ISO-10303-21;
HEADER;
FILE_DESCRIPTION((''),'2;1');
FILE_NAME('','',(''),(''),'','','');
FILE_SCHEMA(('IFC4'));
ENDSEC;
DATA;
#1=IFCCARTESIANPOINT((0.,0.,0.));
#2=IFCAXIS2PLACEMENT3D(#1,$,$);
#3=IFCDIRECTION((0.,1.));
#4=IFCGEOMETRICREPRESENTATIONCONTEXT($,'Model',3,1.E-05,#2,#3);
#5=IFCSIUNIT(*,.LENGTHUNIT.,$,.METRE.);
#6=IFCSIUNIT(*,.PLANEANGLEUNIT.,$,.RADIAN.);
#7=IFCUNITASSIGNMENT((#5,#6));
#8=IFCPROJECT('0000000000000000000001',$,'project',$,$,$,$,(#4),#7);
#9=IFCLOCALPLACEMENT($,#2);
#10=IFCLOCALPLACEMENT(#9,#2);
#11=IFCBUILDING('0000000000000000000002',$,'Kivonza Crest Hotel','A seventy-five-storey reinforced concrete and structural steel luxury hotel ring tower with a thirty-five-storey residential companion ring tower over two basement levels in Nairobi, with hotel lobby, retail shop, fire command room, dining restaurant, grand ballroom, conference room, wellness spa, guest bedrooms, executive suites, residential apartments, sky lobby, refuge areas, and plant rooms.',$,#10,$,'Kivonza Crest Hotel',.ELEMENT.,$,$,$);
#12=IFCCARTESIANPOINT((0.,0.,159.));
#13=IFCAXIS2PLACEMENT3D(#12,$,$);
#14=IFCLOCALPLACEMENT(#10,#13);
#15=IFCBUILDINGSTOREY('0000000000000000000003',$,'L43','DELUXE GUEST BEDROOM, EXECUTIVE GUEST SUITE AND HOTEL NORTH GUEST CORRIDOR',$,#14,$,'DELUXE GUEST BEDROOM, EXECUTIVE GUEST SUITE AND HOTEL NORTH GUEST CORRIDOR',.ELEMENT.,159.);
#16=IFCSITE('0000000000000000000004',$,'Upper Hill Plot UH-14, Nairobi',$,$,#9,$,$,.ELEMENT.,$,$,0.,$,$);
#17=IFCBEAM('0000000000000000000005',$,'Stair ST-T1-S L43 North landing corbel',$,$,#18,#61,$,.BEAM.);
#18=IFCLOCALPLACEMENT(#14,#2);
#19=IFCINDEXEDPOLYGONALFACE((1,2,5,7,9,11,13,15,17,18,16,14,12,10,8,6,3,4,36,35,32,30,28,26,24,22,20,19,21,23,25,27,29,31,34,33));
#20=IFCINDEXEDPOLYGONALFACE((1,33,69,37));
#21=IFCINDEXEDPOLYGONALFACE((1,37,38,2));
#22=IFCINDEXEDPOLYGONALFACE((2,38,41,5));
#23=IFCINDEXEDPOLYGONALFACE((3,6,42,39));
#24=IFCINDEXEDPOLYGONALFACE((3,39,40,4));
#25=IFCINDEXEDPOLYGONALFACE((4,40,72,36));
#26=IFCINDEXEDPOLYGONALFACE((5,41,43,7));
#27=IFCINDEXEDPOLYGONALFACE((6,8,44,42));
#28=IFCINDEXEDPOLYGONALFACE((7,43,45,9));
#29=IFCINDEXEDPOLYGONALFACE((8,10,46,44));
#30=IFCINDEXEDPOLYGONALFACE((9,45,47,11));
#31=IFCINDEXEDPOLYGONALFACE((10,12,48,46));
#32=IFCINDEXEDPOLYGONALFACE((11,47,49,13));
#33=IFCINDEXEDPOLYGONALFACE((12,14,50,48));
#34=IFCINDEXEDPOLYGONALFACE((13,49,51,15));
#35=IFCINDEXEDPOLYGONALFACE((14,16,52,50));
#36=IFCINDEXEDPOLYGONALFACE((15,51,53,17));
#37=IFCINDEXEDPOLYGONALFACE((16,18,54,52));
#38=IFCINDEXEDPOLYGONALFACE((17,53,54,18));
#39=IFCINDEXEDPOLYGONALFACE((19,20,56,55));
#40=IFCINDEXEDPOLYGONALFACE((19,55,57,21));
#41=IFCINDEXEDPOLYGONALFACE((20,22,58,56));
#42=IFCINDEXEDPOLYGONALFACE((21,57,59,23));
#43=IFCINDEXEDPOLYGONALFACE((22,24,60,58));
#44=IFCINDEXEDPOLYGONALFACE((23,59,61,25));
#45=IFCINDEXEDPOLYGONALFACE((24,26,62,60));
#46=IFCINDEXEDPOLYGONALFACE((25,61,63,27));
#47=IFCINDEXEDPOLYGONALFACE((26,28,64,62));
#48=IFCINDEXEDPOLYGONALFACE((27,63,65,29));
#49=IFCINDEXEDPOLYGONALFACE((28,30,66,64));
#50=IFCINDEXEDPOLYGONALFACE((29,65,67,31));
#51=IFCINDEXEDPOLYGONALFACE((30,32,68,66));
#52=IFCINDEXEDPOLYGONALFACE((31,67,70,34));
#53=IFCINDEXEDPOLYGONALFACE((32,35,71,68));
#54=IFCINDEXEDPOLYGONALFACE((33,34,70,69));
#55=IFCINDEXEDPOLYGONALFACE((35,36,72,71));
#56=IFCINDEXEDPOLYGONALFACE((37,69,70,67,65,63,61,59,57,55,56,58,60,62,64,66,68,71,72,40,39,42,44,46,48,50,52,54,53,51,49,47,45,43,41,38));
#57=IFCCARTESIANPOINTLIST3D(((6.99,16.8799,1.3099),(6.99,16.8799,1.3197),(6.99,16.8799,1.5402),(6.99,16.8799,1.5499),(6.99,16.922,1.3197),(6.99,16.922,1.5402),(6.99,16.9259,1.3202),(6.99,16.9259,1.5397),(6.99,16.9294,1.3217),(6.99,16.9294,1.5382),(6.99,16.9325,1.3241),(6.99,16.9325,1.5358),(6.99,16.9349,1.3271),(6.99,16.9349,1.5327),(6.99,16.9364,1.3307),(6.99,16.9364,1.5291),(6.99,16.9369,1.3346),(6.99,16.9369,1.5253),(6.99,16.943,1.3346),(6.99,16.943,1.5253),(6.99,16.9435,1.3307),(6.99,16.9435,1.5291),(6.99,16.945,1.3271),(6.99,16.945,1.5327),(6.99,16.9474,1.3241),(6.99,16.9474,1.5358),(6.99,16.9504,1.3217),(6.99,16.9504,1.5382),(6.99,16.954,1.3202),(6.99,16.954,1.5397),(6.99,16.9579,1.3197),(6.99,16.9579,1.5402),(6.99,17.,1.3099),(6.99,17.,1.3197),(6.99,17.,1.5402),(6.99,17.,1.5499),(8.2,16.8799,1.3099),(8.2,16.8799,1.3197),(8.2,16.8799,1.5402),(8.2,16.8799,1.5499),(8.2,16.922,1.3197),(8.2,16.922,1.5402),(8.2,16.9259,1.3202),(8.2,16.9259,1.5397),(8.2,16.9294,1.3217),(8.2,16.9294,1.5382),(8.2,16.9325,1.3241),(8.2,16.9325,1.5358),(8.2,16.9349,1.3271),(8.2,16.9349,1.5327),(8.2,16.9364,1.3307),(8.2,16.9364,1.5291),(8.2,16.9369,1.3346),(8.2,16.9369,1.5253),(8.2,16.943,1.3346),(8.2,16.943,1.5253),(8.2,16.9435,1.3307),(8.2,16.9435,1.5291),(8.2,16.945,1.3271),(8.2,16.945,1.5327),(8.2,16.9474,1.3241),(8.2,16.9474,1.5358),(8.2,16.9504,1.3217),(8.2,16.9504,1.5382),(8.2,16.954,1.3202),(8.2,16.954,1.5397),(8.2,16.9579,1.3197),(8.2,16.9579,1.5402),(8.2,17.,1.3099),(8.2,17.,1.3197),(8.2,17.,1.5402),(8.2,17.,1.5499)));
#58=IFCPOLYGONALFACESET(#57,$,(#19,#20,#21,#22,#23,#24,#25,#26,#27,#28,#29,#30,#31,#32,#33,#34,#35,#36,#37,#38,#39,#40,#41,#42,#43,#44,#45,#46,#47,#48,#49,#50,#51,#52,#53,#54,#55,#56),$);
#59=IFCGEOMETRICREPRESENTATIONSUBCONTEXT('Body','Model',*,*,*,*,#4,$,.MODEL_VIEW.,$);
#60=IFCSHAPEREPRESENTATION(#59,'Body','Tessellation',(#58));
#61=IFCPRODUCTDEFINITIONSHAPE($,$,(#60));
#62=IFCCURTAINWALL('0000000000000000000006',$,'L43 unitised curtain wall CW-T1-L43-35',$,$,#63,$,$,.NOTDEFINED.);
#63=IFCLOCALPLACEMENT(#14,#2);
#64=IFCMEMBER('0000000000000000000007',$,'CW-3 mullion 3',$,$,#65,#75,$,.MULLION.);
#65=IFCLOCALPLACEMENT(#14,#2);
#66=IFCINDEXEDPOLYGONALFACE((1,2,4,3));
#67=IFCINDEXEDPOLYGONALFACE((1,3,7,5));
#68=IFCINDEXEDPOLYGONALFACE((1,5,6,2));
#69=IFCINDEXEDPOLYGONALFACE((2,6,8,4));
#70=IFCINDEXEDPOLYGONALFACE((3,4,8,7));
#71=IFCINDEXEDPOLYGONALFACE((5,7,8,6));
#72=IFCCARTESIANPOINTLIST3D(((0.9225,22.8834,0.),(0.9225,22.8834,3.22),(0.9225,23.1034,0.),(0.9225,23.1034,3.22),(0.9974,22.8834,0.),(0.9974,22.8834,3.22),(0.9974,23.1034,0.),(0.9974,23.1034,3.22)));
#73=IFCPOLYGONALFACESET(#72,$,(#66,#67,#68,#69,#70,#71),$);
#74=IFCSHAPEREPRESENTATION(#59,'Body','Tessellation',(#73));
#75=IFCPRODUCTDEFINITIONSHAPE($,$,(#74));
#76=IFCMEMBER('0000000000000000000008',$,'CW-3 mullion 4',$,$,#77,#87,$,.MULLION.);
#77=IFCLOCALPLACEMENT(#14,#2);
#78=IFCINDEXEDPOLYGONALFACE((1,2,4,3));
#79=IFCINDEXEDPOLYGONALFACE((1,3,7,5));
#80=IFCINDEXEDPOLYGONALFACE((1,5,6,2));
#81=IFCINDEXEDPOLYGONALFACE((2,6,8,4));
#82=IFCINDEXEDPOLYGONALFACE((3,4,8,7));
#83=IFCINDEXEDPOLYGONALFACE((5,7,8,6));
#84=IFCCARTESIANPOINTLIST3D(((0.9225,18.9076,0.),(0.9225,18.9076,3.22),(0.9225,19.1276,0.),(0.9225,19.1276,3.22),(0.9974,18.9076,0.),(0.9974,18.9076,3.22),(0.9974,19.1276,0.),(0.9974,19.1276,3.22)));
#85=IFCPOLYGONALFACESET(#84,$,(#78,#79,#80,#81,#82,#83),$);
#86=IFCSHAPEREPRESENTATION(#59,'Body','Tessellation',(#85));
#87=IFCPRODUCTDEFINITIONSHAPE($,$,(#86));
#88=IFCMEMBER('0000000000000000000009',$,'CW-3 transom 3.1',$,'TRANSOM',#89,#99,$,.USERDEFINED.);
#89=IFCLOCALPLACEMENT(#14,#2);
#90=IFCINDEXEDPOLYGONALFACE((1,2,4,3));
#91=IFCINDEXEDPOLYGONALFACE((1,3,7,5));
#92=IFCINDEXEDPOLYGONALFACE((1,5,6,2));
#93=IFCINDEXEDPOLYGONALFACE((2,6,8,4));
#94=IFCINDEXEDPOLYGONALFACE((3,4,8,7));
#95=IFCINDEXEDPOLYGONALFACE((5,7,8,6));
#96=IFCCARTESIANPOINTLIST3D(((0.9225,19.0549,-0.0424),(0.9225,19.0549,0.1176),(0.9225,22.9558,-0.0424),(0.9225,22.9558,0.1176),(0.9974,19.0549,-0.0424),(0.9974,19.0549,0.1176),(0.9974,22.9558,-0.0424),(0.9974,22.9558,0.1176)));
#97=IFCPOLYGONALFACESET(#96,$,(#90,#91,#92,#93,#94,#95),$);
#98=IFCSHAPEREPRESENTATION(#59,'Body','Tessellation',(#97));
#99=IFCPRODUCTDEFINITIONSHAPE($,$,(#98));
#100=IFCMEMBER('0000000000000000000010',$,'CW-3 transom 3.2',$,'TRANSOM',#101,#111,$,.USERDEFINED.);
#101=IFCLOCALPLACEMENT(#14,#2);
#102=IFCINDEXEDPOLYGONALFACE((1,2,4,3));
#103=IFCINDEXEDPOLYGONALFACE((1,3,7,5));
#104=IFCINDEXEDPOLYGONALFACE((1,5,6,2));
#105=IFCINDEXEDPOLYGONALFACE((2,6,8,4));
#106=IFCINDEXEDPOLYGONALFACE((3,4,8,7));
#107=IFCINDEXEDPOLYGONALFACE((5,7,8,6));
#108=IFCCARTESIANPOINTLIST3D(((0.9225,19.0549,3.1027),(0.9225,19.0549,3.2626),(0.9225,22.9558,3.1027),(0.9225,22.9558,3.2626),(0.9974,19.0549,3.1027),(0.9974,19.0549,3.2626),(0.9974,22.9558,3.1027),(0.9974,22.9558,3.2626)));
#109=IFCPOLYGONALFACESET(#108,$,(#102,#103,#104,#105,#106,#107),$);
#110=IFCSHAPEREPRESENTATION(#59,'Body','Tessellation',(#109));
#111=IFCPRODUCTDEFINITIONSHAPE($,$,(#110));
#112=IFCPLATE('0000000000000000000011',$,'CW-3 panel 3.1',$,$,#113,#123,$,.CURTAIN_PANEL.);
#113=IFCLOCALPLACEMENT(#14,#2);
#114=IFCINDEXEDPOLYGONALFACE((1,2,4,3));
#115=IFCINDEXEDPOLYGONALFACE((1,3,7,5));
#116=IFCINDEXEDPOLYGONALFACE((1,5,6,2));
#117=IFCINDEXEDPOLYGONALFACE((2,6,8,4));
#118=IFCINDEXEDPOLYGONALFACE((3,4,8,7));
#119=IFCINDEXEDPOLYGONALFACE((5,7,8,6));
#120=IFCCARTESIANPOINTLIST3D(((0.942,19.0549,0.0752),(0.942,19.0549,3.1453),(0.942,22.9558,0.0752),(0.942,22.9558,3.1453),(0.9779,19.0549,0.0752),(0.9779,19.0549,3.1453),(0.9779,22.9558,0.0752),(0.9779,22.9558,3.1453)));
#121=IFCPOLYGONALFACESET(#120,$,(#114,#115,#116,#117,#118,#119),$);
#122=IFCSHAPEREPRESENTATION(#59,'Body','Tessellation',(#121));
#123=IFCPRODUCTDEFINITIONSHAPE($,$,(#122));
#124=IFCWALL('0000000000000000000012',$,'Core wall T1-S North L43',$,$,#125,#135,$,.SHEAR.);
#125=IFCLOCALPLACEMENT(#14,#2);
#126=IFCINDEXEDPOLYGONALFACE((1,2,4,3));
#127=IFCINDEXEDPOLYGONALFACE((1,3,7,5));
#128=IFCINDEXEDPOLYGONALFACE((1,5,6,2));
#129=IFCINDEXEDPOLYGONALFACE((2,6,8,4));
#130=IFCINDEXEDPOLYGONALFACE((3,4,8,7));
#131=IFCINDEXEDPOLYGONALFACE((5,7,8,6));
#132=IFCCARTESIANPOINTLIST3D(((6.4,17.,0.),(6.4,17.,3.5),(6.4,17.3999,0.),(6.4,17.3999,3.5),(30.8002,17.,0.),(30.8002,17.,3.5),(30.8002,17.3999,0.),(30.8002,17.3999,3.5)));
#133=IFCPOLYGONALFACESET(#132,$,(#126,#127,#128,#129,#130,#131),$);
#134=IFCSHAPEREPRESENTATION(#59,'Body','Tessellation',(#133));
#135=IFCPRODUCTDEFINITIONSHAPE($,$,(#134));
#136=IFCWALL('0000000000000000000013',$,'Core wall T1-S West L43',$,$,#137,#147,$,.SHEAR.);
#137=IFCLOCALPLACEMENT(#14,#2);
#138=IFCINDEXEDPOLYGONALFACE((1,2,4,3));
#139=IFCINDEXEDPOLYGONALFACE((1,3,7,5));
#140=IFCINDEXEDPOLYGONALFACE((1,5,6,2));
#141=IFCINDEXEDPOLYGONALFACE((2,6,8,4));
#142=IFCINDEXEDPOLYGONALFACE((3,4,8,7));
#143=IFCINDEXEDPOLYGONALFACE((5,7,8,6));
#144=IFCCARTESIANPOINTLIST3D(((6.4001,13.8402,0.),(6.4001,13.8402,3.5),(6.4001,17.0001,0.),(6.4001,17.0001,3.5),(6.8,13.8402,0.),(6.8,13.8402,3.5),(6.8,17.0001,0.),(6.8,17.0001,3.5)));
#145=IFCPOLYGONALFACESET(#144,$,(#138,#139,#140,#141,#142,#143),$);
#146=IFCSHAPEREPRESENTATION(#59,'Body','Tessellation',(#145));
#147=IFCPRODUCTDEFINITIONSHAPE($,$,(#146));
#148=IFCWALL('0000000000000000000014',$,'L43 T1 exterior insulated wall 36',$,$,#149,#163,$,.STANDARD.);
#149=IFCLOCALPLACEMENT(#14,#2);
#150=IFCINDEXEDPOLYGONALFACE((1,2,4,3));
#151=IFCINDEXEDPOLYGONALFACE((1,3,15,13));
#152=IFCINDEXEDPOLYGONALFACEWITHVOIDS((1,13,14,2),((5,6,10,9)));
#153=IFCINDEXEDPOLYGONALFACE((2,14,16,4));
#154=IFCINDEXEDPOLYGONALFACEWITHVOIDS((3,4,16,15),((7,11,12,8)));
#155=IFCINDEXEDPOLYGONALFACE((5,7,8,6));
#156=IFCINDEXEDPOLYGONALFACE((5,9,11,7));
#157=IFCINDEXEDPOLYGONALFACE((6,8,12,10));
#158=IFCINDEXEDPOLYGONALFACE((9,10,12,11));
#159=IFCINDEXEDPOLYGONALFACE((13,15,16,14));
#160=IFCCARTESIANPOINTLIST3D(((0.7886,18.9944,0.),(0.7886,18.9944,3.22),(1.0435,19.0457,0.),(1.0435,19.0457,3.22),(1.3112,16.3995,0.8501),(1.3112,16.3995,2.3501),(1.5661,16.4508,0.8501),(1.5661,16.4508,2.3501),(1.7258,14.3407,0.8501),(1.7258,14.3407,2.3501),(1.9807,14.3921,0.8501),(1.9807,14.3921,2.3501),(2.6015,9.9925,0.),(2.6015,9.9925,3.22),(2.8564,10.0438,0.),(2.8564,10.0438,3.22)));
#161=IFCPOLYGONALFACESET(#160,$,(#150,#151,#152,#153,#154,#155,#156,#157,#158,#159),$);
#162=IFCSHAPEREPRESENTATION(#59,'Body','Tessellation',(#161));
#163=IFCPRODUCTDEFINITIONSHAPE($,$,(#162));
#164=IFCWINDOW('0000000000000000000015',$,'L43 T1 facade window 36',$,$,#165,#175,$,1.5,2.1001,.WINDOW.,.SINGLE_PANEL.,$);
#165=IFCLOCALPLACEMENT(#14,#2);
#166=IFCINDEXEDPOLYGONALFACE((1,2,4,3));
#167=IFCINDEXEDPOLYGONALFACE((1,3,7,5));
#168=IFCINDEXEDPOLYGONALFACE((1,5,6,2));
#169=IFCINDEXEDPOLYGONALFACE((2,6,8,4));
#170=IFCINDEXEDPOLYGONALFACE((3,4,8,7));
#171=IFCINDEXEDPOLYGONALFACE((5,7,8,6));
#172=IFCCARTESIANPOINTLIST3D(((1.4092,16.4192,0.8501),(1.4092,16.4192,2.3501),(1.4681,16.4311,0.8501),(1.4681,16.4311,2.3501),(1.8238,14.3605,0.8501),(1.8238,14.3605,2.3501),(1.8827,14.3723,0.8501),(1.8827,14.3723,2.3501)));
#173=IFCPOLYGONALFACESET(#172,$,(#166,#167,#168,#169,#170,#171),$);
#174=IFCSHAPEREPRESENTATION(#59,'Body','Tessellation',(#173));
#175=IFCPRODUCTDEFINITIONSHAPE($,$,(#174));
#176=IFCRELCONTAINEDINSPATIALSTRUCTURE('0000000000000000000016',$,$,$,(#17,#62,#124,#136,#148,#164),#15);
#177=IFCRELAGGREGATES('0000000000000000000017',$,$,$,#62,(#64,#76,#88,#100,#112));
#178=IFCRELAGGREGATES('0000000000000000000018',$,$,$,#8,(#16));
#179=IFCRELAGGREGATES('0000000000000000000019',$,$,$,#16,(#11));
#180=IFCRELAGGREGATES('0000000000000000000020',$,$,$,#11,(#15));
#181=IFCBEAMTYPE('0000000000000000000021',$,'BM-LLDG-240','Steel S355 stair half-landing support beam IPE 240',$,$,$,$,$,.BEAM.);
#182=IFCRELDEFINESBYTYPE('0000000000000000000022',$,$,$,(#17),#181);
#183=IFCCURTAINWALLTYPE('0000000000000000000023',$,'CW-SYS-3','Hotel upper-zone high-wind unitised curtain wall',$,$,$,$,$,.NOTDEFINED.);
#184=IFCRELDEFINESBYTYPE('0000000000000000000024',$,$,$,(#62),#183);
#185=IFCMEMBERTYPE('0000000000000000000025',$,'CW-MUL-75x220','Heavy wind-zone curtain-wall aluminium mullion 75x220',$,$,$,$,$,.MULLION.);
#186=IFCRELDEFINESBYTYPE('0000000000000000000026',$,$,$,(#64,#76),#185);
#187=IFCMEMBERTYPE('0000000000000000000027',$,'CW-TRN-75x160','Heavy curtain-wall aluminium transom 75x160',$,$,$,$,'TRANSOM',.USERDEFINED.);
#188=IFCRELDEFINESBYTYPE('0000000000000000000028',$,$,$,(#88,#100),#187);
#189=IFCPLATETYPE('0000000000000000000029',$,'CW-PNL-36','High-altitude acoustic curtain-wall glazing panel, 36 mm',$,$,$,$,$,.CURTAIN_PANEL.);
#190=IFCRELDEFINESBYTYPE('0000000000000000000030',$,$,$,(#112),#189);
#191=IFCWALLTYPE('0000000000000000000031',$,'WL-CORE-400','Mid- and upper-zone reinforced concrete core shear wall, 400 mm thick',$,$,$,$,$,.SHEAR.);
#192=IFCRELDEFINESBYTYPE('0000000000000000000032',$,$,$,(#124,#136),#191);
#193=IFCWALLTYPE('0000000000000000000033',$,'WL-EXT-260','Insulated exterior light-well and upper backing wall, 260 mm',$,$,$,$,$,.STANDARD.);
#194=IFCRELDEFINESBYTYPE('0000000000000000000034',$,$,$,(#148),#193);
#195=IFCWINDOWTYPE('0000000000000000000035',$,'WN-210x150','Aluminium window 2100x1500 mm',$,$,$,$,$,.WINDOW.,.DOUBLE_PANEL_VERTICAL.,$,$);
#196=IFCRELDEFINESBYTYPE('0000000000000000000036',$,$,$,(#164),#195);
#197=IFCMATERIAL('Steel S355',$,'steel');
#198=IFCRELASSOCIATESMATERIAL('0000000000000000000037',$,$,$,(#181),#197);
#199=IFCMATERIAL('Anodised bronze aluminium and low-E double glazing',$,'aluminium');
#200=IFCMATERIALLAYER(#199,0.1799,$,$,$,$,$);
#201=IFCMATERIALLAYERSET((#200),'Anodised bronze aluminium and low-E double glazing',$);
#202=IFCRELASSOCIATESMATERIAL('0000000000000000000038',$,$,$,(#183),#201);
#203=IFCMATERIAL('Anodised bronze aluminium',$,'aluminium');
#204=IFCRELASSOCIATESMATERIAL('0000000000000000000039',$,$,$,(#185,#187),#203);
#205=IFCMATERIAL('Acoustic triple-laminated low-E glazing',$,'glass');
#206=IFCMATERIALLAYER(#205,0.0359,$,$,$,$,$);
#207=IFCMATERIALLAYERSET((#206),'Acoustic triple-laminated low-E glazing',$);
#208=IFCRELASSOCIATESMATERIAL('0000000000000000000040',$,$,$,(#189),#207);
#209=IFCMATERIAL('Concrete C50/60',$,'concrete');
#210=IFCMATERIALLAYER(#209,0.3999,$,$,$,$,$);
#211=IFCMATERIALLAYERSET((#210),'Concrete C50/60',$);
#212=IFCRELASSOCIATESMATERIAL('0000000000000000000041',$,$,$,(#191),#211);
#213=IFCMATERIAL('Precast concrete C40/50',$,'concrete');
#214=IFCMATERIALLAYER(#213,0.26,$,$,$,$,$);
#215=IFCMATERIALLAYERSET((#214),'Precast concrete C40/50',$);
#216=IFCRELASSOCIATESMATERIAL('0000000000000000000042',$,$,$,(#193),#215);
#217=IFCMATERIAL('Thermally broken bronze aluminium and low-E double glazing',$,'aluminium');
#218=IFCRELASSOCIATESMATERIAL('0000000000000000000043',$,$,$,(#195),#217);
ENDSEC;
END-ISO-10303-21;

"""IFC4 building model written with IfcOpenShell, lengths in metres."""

from ifc_helpers import new_model, si_unit, direction, frame, frame_2d, origin, origin_2d, place, context, subcontext, project, spatial, rectangle, i_section, extrude, material, layer, layer_set, material_profile, profile_set, type_object, element, fill, aggregate, save


model = new_model("IFC4")

# Units and contexts
model_context = context("Model", 3, precision=1e-05, world=origin(), true_north=direction((0.0, 1.0)))
body_context = subcontext(model_context, "Body", "Model", "MODEL_VIEW")
ifc_project = project(units=[si_unit("LENGTHUNIT", "METRE"), si_unit("PLANEANGLEUNIT", "RADIAN")], contexts=[model_context])

# Site, building, storey
site_placement = place(None, origin())
site = spatial("IfcSite", under=ifc_project, at=site_placement, Name="Upper Hill Plot UH-14, Nairobi", CompositionType="ELEMENT", RefElevation=0.0)
building_placement = place(site_placement, origin())
building = spatial("IfcBuilding", under=site, at=building_placement, Name="Kivonza Crest Hotel", Description="A seventy-five-storey reinforced concrete and structural steel luxury hotel ring tower with a thirty-five-storey residential companion ring tower over two basement levels in Nairobi, with hotel lobby, retail shop, fire command room, dining restaurant, grand ballroom, conference room, wellness spa, guest bedrooms, executive suites, residential apartments, sky lobby, refuge areas, and plant rooms.", LongName="Kivonza Crest Hotel", CompositionType="ELEMENT")
storey_placement = place(building_placement, frame((0.0, 0.0, 159.0)))
storey = spatial("IfcBuildingStorey", under=building, at=storey_placement, Name="L43", Description="DELUXE GUEST BEDROOM, EXECUTIVE GUEST SUITE AND HOTEL NORTH GUEST CORRIDOR", LongName="DELUXE GUEST BEDROOM, EXECUTIVE GUEST SUITE AND HOTEL NORTH GUEST CORRIDOR", CompositionType="ELEMENT", Elevation=159.0)

# Shared definitions
ifc_material_1 = material(Name="Concrete C50/60", Category="concrete")

# Beam
ifc_material_2 = material(Name="Steel S355", Category="steel")
ifc_material_profile_1 = material_profile(ifc_material_2, i_section(OverallWidth=0.1201, OverallDepth=0.24, WebThickness=0.0061, FlangeThickness=0.0098, FilletRadius=0.0149, at=origin_2d()), Name="IPE 240")
ifc_profile_set_1 = profile_set([ifc_material_profile_1], Name="Steel S355")
beam_type_1 = type_object("IfcBeamType", Name="BM-LLDG-240", Description="Steel S355 stair half-landing support beam IPE 240", PredefinedType="BEAM", material=ifc_profile_set_1)
for number, where, z_axis, x_axis, name in (
    (1, (6.99, 16.9399, 1.4299), (1.0, 0.0, 0.0), (0.0, 1.0, 0.0), "Stair ST-T1-S L43 North landing corbel"),
):
    element("IfcBeam", number, at=place(storey_placement, frame(where, z_axis=z_axis, x_axis=x_axis)), inside=storey, type_object=beam_type_1, Name=name, PredefinedType="BEAM", context=body_context, shape_type="SweptSolid", body=[
        extrude(i_section(OverallWidth=0.1201, OverallDepth=0.24, WebThickness=0.0061, FlangeThickness=0.0098, FilletRadius=0.0149, at=origin_2d()), origin(), (0.0, 0.0, 1.0), 1.21),
    ])

# Curtain wall, members, plate
ifc_material_3 = material(Name="Anodised bronze aluminium and low-E double glazing", Category="aluminium")
ifc_layer_1 = layer(ifc_material_3, 0.1799)
ifc_layer_set_1 = layer_set([ifc_layer_1], Name="Anodised bronze aluminium and low-E double glazing")
curtain_wall_type = type_object("IfcCurtainWallType", Name="CW-SYS-3", Description="Hotel upper-zone high-wind unitised curtain wall", PredefinedType="NOTDEFINED", material=ifc_layer_set_1)
curtain_wall_placement = place(storey_placement, origin())
curtain_wall = element("IfcCurtainWall", 2, at=curtain_wall_placement, inside=storey, type_object=curtain_wall_type, Name="L43 unitised curtain wall CW-T1-L43-35", PredefinedType="NOTDEFINED")
ifc_material_4 = material(Name="Anodised bronze aluminium", Category="aluminium")
ifc_material_profile_2 = material_profile(ifc_material_4, rectangle(XDim=0.075, YDim=0.22, at=origin_2d()), Name="CW-M 75x220")
ifc_profile_set_2 = profile_set([ifc_material_profile_2], Name="Anodised bronze aluminium")
member_type_1 = type_object("IfcMemberType", Name="CW-MUL-75x220", Description="Heavy wind-zone curtain-wall aluminium mullion 75x220", PredefinedType="MULLION", material=ifc_profile_set_2)
member_1_placement = place(storey_placement, frame((0.96, 22.9934, 0.0), z_axis=(0.0, 0.0, 1.0), x_axis=(1.0, 0.0, 0.0)))
member_1 = element("IfcMember", 3, at=member_1_placement, type_object=member_type_1, Name="CW-3 mullion 3", PredefinedType="MULLION", context=body_context, shape_type="SweptSolid", body=[
    extrude(rectangle(XDim=0.075, YDim=0.22, at=origin_2d()), origin(), (0.0, 0.0, 1.0), 3.22),
])
member_2_placement = place(storey_placement, frame((0.96, 19.0176, 0.0), z_axis=(0.0, 0.0, 1.0), x_axis=(1.0, 0.0, 0.0)))
member_2 = element("IfcMember", 4, at=member_2_placement, type_object=member_type_1, Name="CW-3 mullion 4", PredefinedType="MULLION", context=body_context, shape_type="SweptSolid", body=[
    extrude(rectangle(XDim=0.075, YDim=0.22, at=origin_2d()), origin(), (0.0, 0.0, 1.0), 3.22),
])
ifc_material_profile_3 = material_profile(ifc_material_4, rectangle(XDim=0.075, YDim=0.1599, at=origin_2d()), Name="CW-T 75x160")
ifc_profile_set_3 = profile_set([ifc_material_profile_3], Name="Anodised bronze aluminium")
member_type_2 = type_object("IfcMemberType", Name="CW-TRN-75x160", Description="Heavy curtain-wall aluminium transom 75x160", ElementType="TRANSOM", PredefinedType="USERDEFINED", material=ifc_profile_set_3)
member_3_placement = place(storey_placement, frame((0.96, 22.9558, 0.0376), z_axis=(0.0, -1.0, 0.0), x_axis=(1.0, 0.0, 0.0)))
member_3 = element("IfcMember", 5, at=member_3_placement, type_object=member_type_2, Name="CW-3 transom 3.1", ObjectType="TRANSOM", PredefinedType="USERDEFINED", context=body_context, shape_type="SweptSolid", body=[
    extrude(rectangle(XDim=0.075, YDim=0.1599, at=origin_2d()), origin(), (0.0, 0.0, 1.0), 3.9009),
])
member_4_placement = place(storey_placement, frame((0.96, 22.9558, 3.1826), z_axis=(0.0, -1.0, 0.0), x_axis=(1.0, 0.0, 0.0)))
member_4 = element("IfcMember", 6, at=member_4_placement, type_object=member_type_2, Name="CW-3 transom 3.2", ObjectType="TRANSOM", PredefinedType="USERDEFINED", context=body_context, shape_type="SweptSolid", body=[
    extrude(rectangle(XDim=0.075, YDim=0.1599, at=origin_2d()), origin(), (0.0, 0.0, 1.0), 3.9009),
])
ifc_material_5 = material(Name="Acoustic triple-laminated low-E glazing", Category="glass")
ifc_layer_2 = layer(ifc_material_5, 0.0359)
ifc_layer_set_2 = layer_set([ifc_layer_2], Name="Acoustic triple-laminated low-E glazing")
plate_type = type_object("IfcPlateType", Name="CW-PNL-36", Description="High-altitude acoustic curtain-wall glazing panel, 36 mm", PredefinedType="CURTAIN_PANEL", material=ifc_layer_set_2)
plate_placement = place(storey_placement, frame((0.96, 21.0054, 0.0752), z_axis=(0.0, 0.0, 1.0), x_axis=(0.0, -1.0, 0.0)))
plate = element("IfcPlate", 7, at=plate_placement, type_object=plate_type, Name="CW-3 panel 3.1", PredefinedType="CURTAIN_PANEL", context=body_context, shape_type="SweptSolid", body=[
    extrude(rectangle(XDim=3.9009, YDim=0.0359, at=origin_2d()), origin(), (0.0, 0.0, 1.0), 3.0701),
])
aggregate(curtain_wall, [member_1, member_2, member_3, member_4, plate])

# Shared definitions
ifc_layer_3 = layer(ifc_material_1, 0.3999)
ifc_layer_set_3 = layer_set([ifc_layer_3], Name="Concrete C50/60")
wall_type_1 = type_object("IfcWallType", Name="WL-CORE-400", Description="Mid- and upper-zone reinforced concrete core shear wall, 400 mm thick", PredefinedType="SHEAR", material=ifc_layer_set_3)

# Walls
wall_1_placement = place(storey_placement, frame((6.3999, 17.2, 0.0), z_axis=(0.0, 0.0, 1.0), x_axis=(1.0, 0.0, 0.0)))
element("IfcWall", 8, at=wall_1_placement, inside=storey, type_object=wall_type_1, Name="Core wall T1-S North L43", PredefinedType="SHEAR", context=body_context, shape_type="SweptSolid", body=[
    extrude(rectangle(XDim=24.4001, YDim=0.3999, at=frame_2d((12.2002, 0.0))), origin(), (0.0, 0.0, 1.0), 3.5),
])
wall_2_placement = place(storey_placement, frame((6.6001, 13.8401, 0.0), z_axis=(0.0, 0.0, 1.0), x_axis=(0.0, 1.0, 0.0)))
element("IfcWall", 9, at=wall_2_placement, inside=storey, type_object=wall_type_1, Name="Core wall T1-S West L43", PredefinedType="SHEAR", context=body_context, shape_type="SweptSolid", body=[
    extrude(rectangle(XDim=3.1599, YDim=0.3999, at=frame_2d((1.5801, 0.0))), origin(), (0.0, 0.0, 1.0), 3.5),
])

# Wall, opening, window
ifc_material_6 = material(Name="Precast concrete C40/50", Category="concrete")
ifc_layer_4 = layer(ifc_material_6, 0.26)
ifc_layer_set_4 = layer_set([ifc_layer_4], Name="Precast concrete C40/50")
wall_type_2 = type_object("IfcWallType", Name="WL-EXT-260", Description="Insulated exterior light-well and upper backing wall, 260 mm", PredefinedType="STANDARD", material=ifc_layer_set_4)
wall_3_placement = place(storey_placement, frame((0.916, 19.02, 0.0), z_axis=(0.0, 0.0, 1.0), x_axis=(0.197435, -0.980316, 0.0)))
wall_3 = element("IfcWall", 10, at=wall_3_placement, inside=storey, type_object=wall_type_2, Name="L43 T1 exterior insulated wall 36", PredefinedType="STANDARD", context=body_context, shape_type="SweptSolid", body=[
    extrude(rectangle(XDim=9.1826, YDim=0.26, at=frame_2d((4.5913, 0.0))), origin(), (0.0, 0.0, 1.0), 3.22),
])
opening_1_placement = place(wall_3_placement, frame((2.647, 0.0, 0.8501)))
opening_1 = element("IfcOpeningElement", 11, at=opening_1_placement, cuts=wall_3, PredefinedType="OPENING", context=body_context, shape_type="SweptSolid", body=[
    extrude(rectangle(XDim=2.1001, YDim=1.5, at=frame_2d((1.05, 0.75))), frame((0.0, 0.1401, 0.0), z_axis=(0.0, -1.0, 0.0), x_axis=(1.0, 0.0, 0.0)), (0.0, 0.0, 1.0), 0.28),
])
ifc_material_7 = material(Name="Thermally broken bronze aluminium and low-E double glazing", Category="aluminium")
window_type = type_object("IfcWindowType", Name="WN-210x150", Description="Aluminium window 2100x1500 mm", PartitioningType="DOUBLE_PANEL_VERTICAL", PredefinedType="WINDOW", material=ifc_material_7)
window_placement = place(opening_1_placement, origin())
window = element("IfcWindow", 12, at=window_placement, inside=storey, type_object=window_type, Name="L43 T1 facade window 36", OverallHeight=1.5, OverallWidth=2.1001, PartitioningType="SINGLE_PANEL", PredefinedType="WINDOW", context=body_context, shape_type="SweptSolid", body=[
    extrude(rectangle(XDim=2.1001, YDim=1.5, at=frame_2d((1.05, 0.75))), frame((0.0, 0.03, 0.0), z_axis=(0.0, -1.0, 0.0), x_axis=(1.0, 0.0, 0.0)), (0.0, 0.0, 1.0), 0.0601),
])
fill(opening_1, window)

save(model, "model.ifc")
